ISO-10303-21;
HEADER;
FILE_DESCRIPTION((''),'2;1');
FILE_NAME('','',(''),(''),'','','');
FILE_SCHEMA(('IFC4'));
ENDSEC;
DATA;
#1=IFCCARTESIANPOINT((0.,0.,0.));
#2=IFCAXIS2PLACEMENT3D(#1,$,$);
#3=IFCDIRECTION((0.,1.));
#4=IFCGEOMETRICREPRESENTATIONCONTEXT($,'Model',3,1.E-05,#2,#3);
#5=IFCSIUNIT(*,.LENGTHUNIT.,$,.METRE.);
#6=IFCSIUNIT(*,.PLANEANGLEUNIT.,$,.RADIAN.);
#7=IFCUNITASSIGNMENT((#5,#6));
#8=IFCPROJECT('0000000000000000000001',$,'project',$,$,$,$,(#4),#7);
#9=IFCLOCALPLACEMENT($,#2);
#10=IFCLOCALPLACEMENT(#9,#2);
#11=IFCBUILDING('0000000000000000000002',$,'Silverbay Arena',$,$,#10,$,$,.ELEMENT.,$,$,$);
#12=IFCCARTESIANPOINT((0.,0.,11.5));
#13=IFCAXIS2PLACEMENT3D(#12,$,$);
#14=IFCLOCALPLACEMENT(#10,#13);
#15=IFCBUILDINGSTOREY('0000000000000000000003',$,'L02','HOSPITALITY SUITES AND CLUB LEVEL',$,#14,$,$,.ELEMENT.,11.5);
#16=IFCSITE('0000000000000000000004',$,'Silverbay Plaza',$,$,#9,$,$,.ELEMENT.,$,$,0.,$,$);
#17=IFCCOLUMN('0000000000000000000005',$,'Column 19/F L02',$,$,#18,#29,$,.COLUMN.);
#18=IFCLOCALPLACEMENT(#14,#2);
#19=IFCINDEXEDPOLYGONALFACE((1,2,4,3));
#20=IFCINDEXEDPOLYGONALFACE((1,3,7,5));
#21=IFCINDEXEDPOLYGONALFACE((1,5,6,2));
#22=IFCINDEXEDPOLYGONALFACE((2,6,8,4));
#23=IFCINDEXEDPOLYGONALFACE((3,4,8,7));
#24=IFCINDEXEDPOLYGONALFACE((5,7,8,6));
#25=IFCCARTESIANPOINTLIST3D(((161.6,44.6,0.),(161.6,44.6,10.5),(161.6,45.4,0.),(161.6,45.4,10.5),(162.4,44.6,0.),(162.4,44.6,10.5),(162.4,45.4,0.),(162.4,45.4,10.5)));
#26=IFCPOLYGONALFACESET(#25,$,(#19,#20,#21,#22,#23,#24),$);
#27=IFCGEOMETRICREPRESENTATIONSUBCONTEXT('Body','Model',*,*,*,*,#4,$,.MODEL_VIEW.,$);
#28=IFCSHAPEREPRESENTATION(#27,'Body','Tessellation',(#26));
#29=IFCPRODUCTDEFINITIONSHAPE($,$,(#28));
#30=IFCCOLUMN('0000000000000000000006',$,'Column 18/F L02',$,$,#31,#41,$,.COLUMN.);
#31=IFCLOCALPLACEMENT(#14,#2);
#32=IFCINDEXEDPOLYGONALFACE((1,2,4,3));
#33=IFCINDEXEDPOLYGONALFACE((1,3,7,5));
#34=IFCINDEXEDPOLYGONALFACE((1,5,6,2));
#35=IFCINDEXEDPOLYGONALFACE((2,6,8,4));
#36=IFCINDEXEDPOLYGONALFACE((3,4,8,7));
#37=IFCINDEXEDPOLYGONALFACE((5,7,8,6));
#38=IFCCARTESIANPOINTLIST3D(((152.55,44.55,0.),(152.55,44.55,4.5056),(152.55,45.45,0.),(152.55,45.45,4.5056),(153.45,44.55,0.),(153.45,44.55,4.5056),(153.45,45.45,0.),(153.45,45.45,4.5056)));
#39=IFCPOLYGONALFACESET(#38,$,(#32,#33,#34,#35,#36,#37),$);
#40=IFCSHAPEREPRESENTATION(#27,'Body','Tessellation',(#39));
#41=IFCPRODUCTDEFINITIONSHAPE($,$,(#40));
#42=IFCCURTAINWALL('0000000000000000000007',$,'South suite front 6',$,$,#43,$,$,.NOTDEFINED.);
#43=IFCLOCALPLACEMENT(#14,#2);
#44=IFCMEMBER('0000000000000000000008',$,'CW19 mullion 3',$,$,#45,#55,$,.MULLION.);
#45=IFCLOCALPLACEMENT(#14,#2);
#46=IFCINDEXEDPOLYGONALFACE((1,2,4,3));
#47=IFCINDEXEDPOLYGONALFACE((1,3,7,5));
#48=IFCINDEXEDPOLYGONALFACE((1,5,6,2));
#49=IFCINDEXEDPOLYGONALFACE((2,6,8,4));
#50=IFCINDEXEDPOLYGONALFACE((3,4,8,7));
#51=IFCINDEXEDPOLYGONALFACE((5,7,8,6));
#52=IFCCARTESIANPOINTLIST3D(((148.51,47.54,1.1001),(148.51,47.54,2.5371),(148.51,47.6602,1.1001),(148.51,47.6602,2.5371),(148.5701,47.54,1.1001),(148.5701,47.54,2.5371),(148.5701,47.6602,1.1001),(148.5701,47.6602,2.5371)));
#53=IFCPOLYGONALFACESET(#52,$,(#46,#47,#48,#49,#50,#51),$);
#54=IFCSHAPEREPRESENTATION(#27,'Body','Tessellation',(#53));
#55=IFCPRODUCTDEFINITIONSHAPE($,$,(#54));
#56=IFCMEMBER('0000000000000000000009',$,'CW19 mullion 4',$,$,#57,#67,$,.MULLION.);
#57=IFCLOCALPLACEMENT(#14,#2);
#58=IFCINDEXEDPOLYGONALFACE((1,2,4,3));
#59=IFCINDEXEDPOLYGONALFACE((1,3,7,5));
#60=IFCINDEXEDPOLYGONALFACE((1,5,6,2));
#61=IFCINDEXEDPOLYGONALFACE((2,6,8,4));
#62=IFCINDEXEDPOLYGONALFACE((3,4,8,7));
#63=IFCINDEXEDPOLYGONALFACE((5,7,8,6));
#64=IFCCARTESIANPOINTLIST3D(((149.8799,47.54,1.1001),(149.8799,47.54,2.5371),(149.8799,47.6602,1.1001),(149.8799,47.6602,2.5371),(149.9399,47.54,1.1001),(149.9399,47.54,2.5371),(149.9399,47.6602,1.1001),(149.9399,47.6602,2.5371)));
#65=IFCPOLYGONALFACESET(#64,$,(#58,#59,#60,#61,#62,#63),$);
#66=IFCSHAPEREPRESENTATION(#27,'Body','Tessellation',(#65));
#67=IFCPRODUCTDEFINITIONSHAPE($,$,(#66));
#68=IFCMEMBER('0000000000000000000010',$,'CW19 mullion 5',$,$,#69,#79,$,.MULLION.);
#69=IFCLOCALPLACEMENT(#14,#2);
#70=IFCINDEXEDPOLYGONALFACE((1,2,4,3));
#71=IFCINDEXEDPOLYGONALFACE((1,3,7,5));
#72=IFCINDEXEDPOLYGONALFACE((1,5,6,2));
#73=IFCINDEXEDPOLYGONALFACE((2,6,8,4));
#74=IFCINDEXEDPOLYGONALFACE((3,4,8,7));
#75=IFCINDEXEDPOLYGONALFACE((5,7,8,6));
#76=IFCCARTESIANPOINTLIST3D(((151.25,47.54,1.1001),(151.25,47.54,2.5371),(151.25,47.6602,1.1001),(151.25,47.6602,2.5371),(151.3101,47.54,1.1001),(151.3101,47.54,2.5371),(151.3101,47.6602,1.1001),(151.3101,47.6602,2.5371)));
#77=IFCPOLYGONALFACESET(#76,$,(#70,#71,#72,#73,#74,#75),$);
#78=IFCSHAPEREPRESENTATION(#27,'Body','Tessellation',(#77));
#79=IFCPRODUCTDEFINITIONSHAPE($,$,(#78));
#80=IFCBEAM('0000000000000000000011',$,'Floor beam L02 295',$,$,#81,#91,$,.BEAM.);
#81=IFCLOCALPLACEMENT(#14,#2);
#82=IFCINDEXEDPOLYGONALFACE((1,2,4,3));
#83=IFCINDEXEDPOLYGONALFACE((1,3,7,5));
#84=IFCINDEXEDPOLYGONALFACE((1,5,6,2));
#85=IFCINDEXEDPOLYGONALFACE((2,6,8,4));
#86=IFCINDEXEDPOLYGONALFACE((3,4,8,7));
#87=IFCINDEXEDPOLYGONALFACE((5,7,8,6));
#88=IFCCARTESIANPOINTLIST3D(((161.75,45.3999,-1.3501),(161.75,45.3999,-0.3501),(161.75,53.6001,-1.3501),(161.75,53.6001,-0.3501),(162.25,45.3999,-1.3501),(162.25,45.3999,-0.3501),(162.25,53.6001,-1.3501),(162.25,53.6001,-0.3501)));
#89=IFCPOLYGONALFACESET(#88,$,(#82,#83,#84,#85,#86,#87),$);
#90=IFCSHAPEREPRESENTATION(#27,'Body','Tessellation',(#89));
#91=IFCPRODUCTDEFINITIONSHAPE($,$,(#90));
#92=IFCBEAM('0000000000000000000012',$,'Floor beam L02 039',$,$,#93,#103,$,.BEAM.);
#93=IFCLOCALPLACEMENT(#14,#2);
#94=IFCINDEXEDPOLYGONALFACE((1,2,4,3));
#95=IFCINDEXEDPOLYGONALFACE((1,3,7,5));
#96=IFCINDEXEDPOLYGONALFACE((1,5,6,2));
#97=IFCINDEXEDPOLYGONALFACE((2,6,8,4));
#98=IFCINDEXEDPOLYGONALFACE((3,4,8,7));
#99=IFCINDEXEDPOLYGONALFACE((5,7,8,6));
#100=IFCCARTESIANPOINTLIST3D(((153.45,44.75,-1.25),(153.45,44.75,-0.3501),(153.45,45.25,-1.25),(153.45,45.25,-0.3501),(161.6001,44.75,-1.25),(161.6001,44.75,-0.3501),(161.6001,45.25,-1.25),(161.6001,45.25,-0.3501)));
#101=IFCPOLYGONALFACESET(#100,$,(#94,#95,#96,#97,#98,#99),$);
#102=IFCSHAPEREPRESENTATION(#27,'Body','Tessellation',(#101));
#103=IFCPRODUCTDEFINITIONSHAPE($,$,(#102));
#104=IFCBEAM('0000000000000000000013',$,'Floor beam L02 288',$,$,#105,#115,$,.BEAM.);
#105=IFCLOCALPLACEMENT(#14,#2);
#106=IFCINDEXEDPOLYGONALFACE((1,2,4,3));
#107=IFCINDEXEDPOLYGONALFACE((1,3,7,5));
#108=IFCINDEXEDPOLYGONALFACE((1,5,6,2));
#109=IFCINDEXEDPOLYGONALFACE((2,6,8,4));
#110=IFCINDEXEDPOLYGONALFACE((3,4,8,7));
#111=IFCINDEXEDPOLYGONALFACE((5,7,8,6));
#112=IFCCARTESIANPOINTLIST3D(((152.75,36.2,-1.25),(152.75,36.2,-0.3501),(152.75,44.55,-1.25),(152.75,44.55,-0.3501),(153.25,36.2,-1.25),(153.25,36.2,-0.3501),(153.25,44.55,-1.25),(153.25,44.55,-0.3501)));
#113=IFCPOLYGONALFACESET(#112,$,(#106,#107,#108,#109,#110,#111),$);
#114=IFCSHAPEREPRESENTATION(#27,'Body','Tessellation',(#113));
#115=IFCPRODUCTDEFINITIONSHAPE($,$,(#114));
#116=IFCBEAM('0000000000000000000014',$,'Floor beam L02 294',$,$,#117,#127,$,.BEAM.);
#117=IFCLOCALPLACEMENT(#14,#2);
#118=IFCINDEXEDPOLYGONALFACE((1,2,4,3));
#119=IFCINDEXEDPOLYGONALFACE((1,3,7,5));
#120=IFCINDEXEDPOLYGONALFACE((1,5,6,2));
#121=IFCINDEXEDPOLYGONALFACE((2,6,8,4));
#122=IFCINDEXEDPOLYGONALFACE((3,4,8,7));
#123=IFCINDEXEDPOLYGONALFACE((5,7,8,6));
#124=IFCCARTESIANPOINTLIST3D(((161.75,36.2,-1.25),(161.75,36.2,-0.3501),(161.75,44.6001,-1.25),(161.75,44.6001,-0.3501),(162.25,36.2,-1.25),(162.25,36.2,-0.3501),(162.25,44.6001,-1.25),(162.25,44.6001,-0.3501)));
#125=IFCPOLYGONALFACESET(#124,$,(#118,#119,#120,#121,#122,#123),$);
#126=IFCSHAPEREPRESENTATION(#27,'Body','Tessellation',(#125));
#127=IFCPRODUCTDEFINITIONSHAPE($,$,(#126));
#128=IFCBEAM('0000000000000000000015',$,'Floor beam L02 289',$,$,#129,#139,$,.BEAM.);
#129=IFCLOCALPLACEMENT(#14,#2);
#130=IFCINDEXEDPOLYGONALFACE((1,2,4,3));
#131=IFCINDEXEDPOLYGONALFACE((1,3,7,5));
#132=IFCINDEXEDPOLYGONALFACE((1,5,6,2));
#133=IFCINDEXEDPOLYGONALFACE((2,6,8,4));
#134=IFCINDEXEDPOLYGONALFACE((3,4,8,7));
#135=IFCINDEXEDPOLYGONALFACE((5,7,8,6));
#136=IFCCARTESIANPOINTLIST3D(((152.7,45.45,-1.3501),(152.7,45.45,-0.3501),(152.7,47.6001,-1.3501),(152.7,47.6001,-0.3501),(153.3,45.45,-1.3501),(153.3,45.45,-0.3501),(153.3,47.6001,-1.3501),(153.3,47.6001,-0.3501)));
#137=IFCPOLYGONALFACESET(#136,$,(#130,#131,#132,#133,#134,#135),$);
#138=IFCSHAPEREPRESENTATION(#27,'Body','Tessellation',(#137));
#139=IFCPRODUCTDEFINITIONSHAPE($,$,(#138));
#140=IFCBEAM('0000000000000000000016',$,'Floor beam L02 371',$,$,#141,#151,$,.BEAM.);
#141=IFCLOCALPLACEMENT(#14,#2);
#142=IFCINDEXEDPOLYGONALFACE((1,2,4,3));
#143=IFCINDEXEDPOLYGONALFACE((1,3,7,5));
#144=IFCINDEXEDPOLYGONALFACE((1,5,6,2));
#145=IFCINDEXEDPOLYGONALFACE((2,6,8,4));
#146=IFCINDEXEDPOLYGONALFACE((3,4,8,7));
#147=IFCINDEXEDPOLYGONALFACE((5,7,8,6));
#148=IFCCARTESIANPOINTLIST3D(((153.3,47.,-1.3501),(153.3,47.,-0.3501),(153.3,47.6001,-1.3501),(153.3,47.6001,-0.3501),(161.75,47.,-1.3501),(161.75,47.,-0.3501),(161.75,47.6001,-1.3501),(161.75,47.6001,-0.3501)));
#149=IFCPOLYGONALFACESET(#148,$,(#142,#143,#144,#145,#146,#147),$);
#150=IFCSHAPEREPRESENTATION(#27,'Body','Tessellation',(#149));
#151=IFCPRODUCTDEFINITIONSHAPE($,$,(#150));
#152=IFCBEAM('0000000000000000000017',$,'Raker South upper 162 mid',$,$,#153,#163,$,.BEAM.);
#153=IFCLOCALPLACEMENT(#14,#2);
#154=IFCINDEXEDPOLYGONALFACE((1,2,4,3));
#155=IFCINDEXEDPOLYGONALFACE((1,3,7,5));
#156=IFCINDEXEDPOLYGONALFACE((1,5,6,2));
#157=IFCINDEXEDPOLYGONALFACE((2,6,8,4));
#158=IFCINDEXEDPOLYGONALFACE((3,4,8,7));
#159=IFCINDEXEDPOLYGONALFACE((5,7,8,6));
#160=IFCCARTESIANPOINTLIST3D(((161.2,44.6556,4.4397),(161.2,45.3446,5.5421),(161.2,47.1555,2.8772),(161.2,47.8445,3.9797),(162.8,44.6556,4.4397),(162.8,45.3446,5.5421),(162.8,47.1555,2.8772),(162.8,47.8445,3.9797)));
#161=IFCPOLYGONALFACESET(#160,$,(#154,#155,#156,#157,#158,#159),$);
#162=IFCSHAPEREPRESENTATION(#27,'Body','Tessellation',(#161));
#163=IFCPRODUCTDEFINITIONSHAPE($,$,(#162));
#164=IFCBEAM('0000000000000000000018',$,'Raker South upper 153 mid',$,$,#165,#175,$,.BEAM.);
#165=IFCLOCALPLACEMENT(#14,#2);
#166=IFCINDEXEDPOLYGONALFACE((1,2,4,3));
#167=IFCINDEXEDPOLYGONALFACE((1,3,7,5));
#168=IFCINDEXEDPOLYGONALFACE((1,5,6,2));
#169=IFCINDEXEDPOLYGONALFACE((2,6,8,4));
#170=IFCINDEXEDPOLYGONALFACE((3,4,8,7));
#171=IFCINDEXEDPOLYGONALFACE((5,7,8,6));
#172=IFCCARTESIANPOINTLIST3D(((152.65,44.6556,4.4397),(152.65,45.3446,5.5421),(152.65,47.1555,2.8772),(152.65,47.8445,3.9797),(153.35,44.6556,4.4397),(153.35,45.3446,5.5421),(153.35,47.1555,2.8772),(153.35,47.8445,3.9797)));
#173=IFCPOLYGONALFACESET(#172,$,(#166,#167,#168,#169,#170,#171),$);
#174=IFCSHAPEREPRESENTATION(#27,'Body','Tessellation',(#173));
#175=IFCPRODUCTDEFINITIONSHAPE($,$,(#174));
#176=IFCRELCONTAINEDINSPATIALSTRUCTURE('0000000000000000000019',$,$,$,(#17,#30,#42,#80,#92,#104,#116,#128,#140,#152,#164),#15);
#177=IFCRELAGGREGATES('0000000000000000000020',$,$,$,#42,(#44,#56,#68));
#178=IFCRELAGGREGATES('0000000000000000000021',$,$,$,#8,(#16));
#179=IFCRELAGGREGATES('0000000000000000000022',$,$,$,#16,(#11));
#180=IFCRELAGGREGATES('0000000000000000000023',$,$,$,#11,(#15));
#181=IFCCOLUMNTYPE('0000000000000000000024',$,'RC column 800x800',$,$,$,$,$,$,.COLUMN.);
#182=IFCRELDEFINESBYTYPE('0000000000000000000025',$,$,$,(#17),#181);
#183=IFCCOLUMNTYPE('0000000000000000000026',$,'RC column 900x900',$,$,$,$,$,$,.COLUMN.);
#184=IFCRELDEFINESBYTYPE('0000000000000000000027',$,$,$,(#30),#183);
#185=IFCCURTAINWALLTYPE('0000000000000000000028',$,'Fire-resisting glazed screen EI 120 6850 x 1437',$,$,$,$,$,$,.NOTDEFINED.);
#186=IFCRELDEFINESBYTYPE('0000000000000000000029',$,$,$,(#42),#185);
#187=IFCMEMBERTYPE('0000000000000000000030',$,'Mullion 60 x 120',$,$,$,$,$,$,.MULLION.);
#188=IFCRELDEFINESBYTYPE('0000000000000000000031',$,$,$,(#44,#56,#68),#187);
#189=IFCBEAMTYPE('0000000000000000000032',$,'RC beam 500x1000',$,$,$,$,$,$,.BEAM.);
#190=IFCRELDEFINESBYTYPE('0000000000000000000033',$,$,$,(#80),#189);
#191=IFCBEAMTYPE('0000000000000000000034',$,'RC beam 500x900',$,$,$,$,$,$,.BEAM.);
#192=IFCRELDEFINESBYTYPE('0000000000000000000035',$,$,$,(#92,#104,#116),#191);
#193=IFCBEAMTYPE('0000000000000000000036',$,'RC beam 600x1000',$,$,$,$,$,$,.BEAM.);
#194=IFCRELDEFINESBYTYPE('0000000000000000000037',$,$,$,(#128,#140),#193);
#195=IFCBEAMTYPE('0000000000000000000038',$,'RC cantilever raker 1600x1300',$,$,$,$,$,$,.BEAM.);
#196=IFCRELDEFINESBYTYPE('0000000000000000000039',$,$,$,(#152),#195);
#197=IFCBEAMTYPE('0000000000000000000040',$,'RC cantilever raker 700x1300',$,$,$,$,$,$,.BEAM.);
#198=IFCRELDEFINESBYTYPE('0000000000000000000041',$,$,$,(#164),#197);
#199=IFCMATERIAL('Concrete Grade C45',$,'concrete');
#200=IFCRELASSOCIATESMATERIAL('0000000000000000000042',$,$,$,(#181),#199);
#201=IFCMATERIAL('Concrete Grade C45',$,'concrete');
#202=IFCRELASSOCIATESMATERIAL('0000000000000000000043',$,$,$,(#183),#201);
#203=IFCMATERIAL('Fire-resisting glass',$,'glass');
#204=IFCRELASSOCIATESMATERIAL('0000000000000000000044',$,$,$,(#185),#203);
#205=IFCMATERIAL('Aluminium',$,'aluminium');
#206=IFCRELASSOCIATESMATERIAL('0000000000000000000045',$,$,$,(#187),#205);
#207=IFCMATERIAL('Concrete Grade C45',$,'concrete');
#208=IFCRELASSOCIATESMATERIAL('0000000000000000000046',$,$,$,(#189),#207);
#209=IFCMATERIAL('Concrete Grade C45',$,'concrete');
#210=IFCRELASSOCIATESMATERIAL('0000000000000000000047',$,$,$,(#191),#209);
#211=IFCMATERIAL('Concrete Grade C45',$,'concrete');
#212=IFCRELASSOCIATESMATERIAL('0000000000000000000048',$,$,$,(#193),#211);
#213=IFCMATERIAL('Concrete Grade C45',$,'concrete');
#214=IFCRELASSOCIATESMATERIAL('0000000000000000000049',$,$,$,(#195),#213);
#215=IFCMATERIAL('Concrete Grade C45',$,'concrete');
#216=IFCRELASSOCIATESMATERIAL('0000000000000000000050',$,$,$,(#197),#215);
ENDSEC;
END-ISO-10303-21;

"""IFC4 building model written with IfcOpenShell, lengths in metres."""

from ifc_helpers import new_model, si_unit, direction, frame, origin, origin_2d, place, context, subcontext, project, spatial, rectangle, extrude, material, material_profile, profile_set, type_object, element, aggregate, save


model = new_model("IFC4")

# Units and contexts
model_context = context("Model", 3, precision=1e-05, world=origin(), true_north=direction((0.0, 1.0)))
body_context = subcontext(model_context, "Body", "Model", "MODEL_VIEW")
ifc_project = project(units=[si_unit("LENGTHUNIT", "METRE"), si_unit("PLANEANGLEUNIT", "RADIAN")], contexts=[model_context])

# Site, building, storey
site_placement = place(None, origin())
site = spatial("IfcSite", under=ifc_project, at=site_placement, Name="Silverbay Plaza", CompositionType="ELEMENT", RefElevation=0.0)
building_placement = place(site_placement, origin())
building = spatial("IfcBuilding", under=site, at=building_placement, Name="Silverbay Arena", CompositionType="ELEMENT")
storey_placement = place(building_placement, frame((0.0, 0.0, 11.5)))
storey = spatial("IfcBuildingStorey", under=building, at=storey_placement, Name="L02", Description="HOSPITALITY SUITES AND CLUB LEVEL", CompositionType="ELEMENT", Elevation=11.5)

# Columns
ifc_material_1 = material(Name="Concrete Grade C45", Category="concrete")
ifc_material_profile_1 = material_profile(ifc_material_1, rectangle(XDim=0.8, YDim=0.8, at=origin_2d()), Name="RC 800x800")
ifc_profile_set_1 = profile_set([ifc_material_profile_1], Name="Concrete Grade C45")
column_type_1 = type_object("IfcColumnType", Name="RC column 800x800", PredefinedType="COLUMN", material=ifc_profile_set_1)
column_1_placement = place(storey_placement, frame((162.0, 45.0, 0.0), z_axis=(0.0, 0.0, 1.0), x_axis=(1.0, 0.0, 0.0)))
element("IfcColumn", 1, at=column_1_placement, inside=storey, type_object=column_type_1, Name="Column 19/F L02", PredefinedType="COLUMN", context=body_context, shape_type="SweptSolid", body=[
    extrude(rectangle(XDim=0.8, YDim=0.8, at=origin_2d()), origin(), (0.0, 0.0, 1.0), 10.5),
])
ifc_material_2 = material(Name="Concrete Grade C45", Category="concrete")
ifc_material_profile_2 = material_profile(ifc_material_2, rectangle(XDim=0.8999, YDim=0.8999, at=origin_2d()), Name="RC 900x900")
ifc_profile_set_2 = profile_set([ifc_material_profile_2], Name="Concrete Grade C45")
column_type_2 = type_object("IfcColumnType", Name="RC column 900x900", PredefinedType="COLUMN", material=ifc_profile_set_2)
column_2_placement = place(storey_placement, frame((153.0, 45.0, 0.0), z_axis=(0.0, 0.0, 1.0), x_axis=(1.0, 0.0, 0.0)))
element("IfcColumn", 2, at=column_2_placement, inside=storey, type_object=column_type_2, Name="Column 18/F L02", PredefinedType="COLUMN", context=body_context, shape_type="SweptSolid", body=[
    extrude(rectangle(XDim=0.8999, YDim=0.8999, at=origin_2d()), origin(), (0.0, 0.0, 1.0), 4.5056),
])

# Curtain wall, members
ifc_material_3 = material(Name="Fire-resisting glass", Category="glass")
curtain_wall_type = type_object("IfcCurtainWallType", Name="Fire-resisting glazed screen EI 120 6850 x 1437", PredefinedType="NOTDEFINED", material=ifc_material_3)
curtain_wall_placement = place(storey_placement, origin())
curtain_wall = element("IfcCurtainWall", 3, at=curtain_wall_placement, inside=storey, type_object=curtain_wall_type, Name="South suite front 6", PredefinedType="NOTDEFINED")
ifc_material_4 = material(Name="Aluminium", Category="aluminium")
ifc_material_profile_3 = material_profile(ifc_material_4, rectangle(XDim=0.1201, YDim=0.0601, at=origin_2d()), Name="Mullion 60 x 120")
ifc_profile_set_3 = profile_set([ifc_material_profile_3], Name="Aluminium")
member_type_1 = type_object("IfcMemberType", Name="Mullion 60 x 120", PredefinedType="MULLION", material=ifc_profile_set_3)
member_1_placement = place(storey_placement, frame((148.54, 47.6001, 1.1001), z_axis=(0.0, 0.0, 1.0), x_axis=(0.0, 1.0, 0.0)))
member_1 = element("IfcMember", 4, at=member_1_placement, type_object=member_type_1, Name="CW19 mullion 3", PredefinedType="MULLION", context=body_context, shape_type="SweptSolid", body=[
    extrude(rectangle(XDim=0.1201, YDim=0.0601, at=origin_2d()), origin(), (0.0, 0.0, 1.0), 1.437),
])
member_2_placement = place(storey_placement, frame((149.9099, 47.6001, 1.1001), z_axis=(0.0, 0.0, 1.0), x_axis=(0.0, 1.0, 0.0)))
member_2 = element("IfcMember", 5, at=member_2_placement, type_object=member_type_1, Name="CW19 mullion 4", PredefinedType="MULLION", context=body_context, shape_type="SweptSolid", body=[
    extrude(rectangle(XDim=0.1201, YDim=0.0601, at=origin_2d()), origin(), (0.0, 0.0, 1.0), 1.437),
])
member_3_placement = place(storey_placement, frame((151.28, 47.6001, 1.1001), z_axis=(0.0, 0.0, 1.0), x_axis=(0.0, 1.0, 0.0)))
member_3 = element("IfcMember", 6, at=member_3_placement, type_object=member_type_1, Name="CW19 mullion 5", PredefinedType="MULLION", context=body_context, shape_type="SweptSolid", body=[
    extrude(rectangle(XDim=0.1201, YDim=0.0601, at=origin_2d()), origin(), (0.0, 0.0, 1.0), 1.437),
])

# Beams
ifc_material_5 = material(Name="Concrete Grade C45", Category="concrete")
ifc_material_profile_4 = material_profile(ifc_material_5, rectangle(XDim=0.5, YDim=1.0, at=origin_2d()), Name="RC 500x1000")
ifc_profile_set_4 = profile_set([ifc_material_profile_4], Name="Concrete Grade C45")
beam_type_1 = type_object("IfcBeamType", Name="RC beam 500x1000", PredefinedType="BEAM", material=ifc_profile_set_4)
beam_1_placement = place(storey_placement, frame((162.0, 45.3999, -0.8501), z_axis=(0.0, 1.0, 0.0), x_axis=(-1.0, 0.0, 0.0)))
element("IfcBeam", 7, at=beam_1_placement, inside=storey, type_object=beam_type_1, Name="Floor beam L02 295", PredefinedType="BEAM", context=body_context, shape_type="SweptSolid", body=[
    extrude(rectangle(XDim=0.5, YDim=1.0, at=origin_2d()), origin(), (0.0, 0.0, 1.0), 8.2002),
])
ifc_material_6 = material(Name="Concrete Grade C45", Category="concrete")
ifc_material_profile_5 = material_profile(ifc_material_6, rectangle(XDim=0.5, YDim=0.8999, at=origin_2d()), Name="RC 500x900")
ifc_profile_set_5 = profile_set([ifc_material_profile_5], Name="Concrete Grade C45")
beam_type_2 = type_object("IfcBeamType", Name="RC beam 500x900", PredefinedType="BEAM", material=ifc_profile_set_5)
beam_2_placement = place(storey_placement, frame((153.45, 45.0, -0.8), z_axis=(1.0, 0.0, 0.0), x_axis=(0.0, 1.0, 0.0)))
element("IfcBeam", 8, at=beam_2_placement, inside=storey, type_object=beam_type_2, Name="Floor beam L02 039", PredefinedType="BEAM", context=body_context, shape_type="SweptSolid", body=[
    extrude(rectangle(XDim=0.5, YDim=0.8999, at=origin_2d()), origin(), (0.0, 0.0, 1.0), 8.1501),
])
beam_3_placement = place(storey_placement, frame((153.0, 36.2, -0.8), z_axis=(0.0, 1.0, 0.0), x_axis=(-1.0, 0.0, 0.0)))
element("IfcBeam", 9, at=beam_3_placement, inside=storey, type_object=beam_type_2, Name="Floor beam L02 288", PredefinedType="BEAM", context=body_context, shape_type="SweptSolid", body=[
    extrude(rectangle(XDim=0.5, YDim=0.8999, at=origin_2d()), origin(), (0.0, 0.0, 1.0), 8.3501),
])
beam_4_placement = place(storey_placement, frame((162.0, 36.2, -0.8), z_axis=(0.0, 1.0, 0.0), x_axis=(-1.0, 0.0, 0.0)))
element("IfcBeam", 10, at=beam_4_placement, inside=storey, type_object=beam_type_2, Name="Floor beam L02 294", PredefinedType="BEAM", context=body_context, shape_type="SweptSolid", body=[
    extrude(rectangle(XDim=0.5, YDim=0.8999, at=origin_2d()), origin(), (0.0, 0.0, 1.0), 8.4001),
])
ifc_material_7 = material(Name="Concrete Grade C45", Category="concrete")
ifc_material_profile_6 = material_profile(ifc_material_7, rectangle(XDim=0.6001, YDim=1.0, at=origin_2d()), Name="RC 600x1000")
ifc_profile_set_6 = profile_set([ifc_material_profile_6], Name="Concrete Grade C45")
beam_type_3 = type_object("IfcBeamType", Name="RC beam 600x1000", PredefinedType="BEAM", material=ifc_profile_set_6)
beam_5_placement = place(storey_placement, frame((153.0, 45.45, -0.8501), z_axis=(0.0, 1.0, 0.0), x_axis=(-1.0, 0.0, 0.0)))
element("IfcBeam", 11, at=beam_5_placement, inside=storey, type_object=beam_type_3, Name="Floor beam L02 289", PredefinedType="BEAM", context=body_context, shape_type="SweptSolid", body=[
    extrude(rectangle(XDim=0.6001, YDim=1.0, at=origin_2d()), origin(), (0.0, 0.0, 1.0), 2.1501),
])
beam_6_placement = place(storey_placement, frame((153.3, 47.3, -0.8501), z_axis=(1.0, 0.0, 0.0), x_axis=(0.0, 1.0, 0.0)))
element("IfcBeam", 12, at=beam_6_placement, inside=storey, type_object=beam_type_3, Name="Floor beam L02 371", PredefinedType="BEAM", context=body_context, shape_type="SweptSolid", body=[
    extrude(rectangle(XDim=0.6001, YDim=1.0, at=origin_2d()), origin(), (0.0, 0.0, 1.0), 8.45),
])
ifc_material_8 = material(Name="Concrete Grade C45", Category="concrete")
ifc_material_profile_7 = material_profile(ifc_material_8, rectangle(XDim=1.6001, YDim=1.3, at=origin_2d()), Name="RC 1600x1300")
ifc_profile_set_7 = profile_set([ifc_material_profile_7], Name="Concrete Grade C45")
beam_type_4 = type_object("IfcBeamType", Name="RC cantilever raker 1600x1300", PredefinedType="BEAM", material=ifc_profile_set_7)
beam_7_placement = place(storey_placement, frame((162.0, 47.5, 3.4285), z_axis=(0.0, -0.847998, 0.529999), x_axis=(1.0, 0.0, 0.0)))
element("IfcBeam", 13, at=beam_7_placement, inside=storey, type_object=beam_type_4, Name="Raker South upper 162 mid", PredefinedType="BEAM", context=body_context, shape_type="SweptSolid", body=[
    extrude(rectangle(XDim=1.6001, YDim=1.3, at=origin_2d()), origin(), (0.0, 0.0, 1.0), 2.948),
])
ifc_material_9 = material(Name="Concrete Grade C45", Category="concrete")
ifc_material_profile_8 = material_profile(ifc_material_9, rectangle(XDim=0.7, YDim=1.3, at=origin_2d()), Name="RC 700x1300")
ifc_profile_set_8 = profile_set([ifc_material_profile_8], Name="Concrete Grade C45")
beam_type_5 = type_object("IfcBeamType", Name="RC cantilever raker 700x1300", PredefinedType="BEAM", material=ifc_profile_set_8)
beam_8_placement = place(storey_placement, frame((153.0, 47.5, 3.4285), z_axis=(0.0, -0.847998, 0.529999), x_axis=(1.0, 0.0, 0.0)))
element("IfcBeam", 14, at=beam_8_placement, inside=storey, type_object=beam_type_5, Name="Raker South upper 153 mid", PredefinedType="BEAM", context=body_context, shape_type="SweptSolid", body=[
    extrude(rectangle(XDim=0.7, YDim=1.3, at=origin_2d()), origin(), (0.0, 0.0, 1.0), 2.948),
])

aggregate(curtain_wall, [member_1, member_2, member_3])

save(model, "model.ifc")
